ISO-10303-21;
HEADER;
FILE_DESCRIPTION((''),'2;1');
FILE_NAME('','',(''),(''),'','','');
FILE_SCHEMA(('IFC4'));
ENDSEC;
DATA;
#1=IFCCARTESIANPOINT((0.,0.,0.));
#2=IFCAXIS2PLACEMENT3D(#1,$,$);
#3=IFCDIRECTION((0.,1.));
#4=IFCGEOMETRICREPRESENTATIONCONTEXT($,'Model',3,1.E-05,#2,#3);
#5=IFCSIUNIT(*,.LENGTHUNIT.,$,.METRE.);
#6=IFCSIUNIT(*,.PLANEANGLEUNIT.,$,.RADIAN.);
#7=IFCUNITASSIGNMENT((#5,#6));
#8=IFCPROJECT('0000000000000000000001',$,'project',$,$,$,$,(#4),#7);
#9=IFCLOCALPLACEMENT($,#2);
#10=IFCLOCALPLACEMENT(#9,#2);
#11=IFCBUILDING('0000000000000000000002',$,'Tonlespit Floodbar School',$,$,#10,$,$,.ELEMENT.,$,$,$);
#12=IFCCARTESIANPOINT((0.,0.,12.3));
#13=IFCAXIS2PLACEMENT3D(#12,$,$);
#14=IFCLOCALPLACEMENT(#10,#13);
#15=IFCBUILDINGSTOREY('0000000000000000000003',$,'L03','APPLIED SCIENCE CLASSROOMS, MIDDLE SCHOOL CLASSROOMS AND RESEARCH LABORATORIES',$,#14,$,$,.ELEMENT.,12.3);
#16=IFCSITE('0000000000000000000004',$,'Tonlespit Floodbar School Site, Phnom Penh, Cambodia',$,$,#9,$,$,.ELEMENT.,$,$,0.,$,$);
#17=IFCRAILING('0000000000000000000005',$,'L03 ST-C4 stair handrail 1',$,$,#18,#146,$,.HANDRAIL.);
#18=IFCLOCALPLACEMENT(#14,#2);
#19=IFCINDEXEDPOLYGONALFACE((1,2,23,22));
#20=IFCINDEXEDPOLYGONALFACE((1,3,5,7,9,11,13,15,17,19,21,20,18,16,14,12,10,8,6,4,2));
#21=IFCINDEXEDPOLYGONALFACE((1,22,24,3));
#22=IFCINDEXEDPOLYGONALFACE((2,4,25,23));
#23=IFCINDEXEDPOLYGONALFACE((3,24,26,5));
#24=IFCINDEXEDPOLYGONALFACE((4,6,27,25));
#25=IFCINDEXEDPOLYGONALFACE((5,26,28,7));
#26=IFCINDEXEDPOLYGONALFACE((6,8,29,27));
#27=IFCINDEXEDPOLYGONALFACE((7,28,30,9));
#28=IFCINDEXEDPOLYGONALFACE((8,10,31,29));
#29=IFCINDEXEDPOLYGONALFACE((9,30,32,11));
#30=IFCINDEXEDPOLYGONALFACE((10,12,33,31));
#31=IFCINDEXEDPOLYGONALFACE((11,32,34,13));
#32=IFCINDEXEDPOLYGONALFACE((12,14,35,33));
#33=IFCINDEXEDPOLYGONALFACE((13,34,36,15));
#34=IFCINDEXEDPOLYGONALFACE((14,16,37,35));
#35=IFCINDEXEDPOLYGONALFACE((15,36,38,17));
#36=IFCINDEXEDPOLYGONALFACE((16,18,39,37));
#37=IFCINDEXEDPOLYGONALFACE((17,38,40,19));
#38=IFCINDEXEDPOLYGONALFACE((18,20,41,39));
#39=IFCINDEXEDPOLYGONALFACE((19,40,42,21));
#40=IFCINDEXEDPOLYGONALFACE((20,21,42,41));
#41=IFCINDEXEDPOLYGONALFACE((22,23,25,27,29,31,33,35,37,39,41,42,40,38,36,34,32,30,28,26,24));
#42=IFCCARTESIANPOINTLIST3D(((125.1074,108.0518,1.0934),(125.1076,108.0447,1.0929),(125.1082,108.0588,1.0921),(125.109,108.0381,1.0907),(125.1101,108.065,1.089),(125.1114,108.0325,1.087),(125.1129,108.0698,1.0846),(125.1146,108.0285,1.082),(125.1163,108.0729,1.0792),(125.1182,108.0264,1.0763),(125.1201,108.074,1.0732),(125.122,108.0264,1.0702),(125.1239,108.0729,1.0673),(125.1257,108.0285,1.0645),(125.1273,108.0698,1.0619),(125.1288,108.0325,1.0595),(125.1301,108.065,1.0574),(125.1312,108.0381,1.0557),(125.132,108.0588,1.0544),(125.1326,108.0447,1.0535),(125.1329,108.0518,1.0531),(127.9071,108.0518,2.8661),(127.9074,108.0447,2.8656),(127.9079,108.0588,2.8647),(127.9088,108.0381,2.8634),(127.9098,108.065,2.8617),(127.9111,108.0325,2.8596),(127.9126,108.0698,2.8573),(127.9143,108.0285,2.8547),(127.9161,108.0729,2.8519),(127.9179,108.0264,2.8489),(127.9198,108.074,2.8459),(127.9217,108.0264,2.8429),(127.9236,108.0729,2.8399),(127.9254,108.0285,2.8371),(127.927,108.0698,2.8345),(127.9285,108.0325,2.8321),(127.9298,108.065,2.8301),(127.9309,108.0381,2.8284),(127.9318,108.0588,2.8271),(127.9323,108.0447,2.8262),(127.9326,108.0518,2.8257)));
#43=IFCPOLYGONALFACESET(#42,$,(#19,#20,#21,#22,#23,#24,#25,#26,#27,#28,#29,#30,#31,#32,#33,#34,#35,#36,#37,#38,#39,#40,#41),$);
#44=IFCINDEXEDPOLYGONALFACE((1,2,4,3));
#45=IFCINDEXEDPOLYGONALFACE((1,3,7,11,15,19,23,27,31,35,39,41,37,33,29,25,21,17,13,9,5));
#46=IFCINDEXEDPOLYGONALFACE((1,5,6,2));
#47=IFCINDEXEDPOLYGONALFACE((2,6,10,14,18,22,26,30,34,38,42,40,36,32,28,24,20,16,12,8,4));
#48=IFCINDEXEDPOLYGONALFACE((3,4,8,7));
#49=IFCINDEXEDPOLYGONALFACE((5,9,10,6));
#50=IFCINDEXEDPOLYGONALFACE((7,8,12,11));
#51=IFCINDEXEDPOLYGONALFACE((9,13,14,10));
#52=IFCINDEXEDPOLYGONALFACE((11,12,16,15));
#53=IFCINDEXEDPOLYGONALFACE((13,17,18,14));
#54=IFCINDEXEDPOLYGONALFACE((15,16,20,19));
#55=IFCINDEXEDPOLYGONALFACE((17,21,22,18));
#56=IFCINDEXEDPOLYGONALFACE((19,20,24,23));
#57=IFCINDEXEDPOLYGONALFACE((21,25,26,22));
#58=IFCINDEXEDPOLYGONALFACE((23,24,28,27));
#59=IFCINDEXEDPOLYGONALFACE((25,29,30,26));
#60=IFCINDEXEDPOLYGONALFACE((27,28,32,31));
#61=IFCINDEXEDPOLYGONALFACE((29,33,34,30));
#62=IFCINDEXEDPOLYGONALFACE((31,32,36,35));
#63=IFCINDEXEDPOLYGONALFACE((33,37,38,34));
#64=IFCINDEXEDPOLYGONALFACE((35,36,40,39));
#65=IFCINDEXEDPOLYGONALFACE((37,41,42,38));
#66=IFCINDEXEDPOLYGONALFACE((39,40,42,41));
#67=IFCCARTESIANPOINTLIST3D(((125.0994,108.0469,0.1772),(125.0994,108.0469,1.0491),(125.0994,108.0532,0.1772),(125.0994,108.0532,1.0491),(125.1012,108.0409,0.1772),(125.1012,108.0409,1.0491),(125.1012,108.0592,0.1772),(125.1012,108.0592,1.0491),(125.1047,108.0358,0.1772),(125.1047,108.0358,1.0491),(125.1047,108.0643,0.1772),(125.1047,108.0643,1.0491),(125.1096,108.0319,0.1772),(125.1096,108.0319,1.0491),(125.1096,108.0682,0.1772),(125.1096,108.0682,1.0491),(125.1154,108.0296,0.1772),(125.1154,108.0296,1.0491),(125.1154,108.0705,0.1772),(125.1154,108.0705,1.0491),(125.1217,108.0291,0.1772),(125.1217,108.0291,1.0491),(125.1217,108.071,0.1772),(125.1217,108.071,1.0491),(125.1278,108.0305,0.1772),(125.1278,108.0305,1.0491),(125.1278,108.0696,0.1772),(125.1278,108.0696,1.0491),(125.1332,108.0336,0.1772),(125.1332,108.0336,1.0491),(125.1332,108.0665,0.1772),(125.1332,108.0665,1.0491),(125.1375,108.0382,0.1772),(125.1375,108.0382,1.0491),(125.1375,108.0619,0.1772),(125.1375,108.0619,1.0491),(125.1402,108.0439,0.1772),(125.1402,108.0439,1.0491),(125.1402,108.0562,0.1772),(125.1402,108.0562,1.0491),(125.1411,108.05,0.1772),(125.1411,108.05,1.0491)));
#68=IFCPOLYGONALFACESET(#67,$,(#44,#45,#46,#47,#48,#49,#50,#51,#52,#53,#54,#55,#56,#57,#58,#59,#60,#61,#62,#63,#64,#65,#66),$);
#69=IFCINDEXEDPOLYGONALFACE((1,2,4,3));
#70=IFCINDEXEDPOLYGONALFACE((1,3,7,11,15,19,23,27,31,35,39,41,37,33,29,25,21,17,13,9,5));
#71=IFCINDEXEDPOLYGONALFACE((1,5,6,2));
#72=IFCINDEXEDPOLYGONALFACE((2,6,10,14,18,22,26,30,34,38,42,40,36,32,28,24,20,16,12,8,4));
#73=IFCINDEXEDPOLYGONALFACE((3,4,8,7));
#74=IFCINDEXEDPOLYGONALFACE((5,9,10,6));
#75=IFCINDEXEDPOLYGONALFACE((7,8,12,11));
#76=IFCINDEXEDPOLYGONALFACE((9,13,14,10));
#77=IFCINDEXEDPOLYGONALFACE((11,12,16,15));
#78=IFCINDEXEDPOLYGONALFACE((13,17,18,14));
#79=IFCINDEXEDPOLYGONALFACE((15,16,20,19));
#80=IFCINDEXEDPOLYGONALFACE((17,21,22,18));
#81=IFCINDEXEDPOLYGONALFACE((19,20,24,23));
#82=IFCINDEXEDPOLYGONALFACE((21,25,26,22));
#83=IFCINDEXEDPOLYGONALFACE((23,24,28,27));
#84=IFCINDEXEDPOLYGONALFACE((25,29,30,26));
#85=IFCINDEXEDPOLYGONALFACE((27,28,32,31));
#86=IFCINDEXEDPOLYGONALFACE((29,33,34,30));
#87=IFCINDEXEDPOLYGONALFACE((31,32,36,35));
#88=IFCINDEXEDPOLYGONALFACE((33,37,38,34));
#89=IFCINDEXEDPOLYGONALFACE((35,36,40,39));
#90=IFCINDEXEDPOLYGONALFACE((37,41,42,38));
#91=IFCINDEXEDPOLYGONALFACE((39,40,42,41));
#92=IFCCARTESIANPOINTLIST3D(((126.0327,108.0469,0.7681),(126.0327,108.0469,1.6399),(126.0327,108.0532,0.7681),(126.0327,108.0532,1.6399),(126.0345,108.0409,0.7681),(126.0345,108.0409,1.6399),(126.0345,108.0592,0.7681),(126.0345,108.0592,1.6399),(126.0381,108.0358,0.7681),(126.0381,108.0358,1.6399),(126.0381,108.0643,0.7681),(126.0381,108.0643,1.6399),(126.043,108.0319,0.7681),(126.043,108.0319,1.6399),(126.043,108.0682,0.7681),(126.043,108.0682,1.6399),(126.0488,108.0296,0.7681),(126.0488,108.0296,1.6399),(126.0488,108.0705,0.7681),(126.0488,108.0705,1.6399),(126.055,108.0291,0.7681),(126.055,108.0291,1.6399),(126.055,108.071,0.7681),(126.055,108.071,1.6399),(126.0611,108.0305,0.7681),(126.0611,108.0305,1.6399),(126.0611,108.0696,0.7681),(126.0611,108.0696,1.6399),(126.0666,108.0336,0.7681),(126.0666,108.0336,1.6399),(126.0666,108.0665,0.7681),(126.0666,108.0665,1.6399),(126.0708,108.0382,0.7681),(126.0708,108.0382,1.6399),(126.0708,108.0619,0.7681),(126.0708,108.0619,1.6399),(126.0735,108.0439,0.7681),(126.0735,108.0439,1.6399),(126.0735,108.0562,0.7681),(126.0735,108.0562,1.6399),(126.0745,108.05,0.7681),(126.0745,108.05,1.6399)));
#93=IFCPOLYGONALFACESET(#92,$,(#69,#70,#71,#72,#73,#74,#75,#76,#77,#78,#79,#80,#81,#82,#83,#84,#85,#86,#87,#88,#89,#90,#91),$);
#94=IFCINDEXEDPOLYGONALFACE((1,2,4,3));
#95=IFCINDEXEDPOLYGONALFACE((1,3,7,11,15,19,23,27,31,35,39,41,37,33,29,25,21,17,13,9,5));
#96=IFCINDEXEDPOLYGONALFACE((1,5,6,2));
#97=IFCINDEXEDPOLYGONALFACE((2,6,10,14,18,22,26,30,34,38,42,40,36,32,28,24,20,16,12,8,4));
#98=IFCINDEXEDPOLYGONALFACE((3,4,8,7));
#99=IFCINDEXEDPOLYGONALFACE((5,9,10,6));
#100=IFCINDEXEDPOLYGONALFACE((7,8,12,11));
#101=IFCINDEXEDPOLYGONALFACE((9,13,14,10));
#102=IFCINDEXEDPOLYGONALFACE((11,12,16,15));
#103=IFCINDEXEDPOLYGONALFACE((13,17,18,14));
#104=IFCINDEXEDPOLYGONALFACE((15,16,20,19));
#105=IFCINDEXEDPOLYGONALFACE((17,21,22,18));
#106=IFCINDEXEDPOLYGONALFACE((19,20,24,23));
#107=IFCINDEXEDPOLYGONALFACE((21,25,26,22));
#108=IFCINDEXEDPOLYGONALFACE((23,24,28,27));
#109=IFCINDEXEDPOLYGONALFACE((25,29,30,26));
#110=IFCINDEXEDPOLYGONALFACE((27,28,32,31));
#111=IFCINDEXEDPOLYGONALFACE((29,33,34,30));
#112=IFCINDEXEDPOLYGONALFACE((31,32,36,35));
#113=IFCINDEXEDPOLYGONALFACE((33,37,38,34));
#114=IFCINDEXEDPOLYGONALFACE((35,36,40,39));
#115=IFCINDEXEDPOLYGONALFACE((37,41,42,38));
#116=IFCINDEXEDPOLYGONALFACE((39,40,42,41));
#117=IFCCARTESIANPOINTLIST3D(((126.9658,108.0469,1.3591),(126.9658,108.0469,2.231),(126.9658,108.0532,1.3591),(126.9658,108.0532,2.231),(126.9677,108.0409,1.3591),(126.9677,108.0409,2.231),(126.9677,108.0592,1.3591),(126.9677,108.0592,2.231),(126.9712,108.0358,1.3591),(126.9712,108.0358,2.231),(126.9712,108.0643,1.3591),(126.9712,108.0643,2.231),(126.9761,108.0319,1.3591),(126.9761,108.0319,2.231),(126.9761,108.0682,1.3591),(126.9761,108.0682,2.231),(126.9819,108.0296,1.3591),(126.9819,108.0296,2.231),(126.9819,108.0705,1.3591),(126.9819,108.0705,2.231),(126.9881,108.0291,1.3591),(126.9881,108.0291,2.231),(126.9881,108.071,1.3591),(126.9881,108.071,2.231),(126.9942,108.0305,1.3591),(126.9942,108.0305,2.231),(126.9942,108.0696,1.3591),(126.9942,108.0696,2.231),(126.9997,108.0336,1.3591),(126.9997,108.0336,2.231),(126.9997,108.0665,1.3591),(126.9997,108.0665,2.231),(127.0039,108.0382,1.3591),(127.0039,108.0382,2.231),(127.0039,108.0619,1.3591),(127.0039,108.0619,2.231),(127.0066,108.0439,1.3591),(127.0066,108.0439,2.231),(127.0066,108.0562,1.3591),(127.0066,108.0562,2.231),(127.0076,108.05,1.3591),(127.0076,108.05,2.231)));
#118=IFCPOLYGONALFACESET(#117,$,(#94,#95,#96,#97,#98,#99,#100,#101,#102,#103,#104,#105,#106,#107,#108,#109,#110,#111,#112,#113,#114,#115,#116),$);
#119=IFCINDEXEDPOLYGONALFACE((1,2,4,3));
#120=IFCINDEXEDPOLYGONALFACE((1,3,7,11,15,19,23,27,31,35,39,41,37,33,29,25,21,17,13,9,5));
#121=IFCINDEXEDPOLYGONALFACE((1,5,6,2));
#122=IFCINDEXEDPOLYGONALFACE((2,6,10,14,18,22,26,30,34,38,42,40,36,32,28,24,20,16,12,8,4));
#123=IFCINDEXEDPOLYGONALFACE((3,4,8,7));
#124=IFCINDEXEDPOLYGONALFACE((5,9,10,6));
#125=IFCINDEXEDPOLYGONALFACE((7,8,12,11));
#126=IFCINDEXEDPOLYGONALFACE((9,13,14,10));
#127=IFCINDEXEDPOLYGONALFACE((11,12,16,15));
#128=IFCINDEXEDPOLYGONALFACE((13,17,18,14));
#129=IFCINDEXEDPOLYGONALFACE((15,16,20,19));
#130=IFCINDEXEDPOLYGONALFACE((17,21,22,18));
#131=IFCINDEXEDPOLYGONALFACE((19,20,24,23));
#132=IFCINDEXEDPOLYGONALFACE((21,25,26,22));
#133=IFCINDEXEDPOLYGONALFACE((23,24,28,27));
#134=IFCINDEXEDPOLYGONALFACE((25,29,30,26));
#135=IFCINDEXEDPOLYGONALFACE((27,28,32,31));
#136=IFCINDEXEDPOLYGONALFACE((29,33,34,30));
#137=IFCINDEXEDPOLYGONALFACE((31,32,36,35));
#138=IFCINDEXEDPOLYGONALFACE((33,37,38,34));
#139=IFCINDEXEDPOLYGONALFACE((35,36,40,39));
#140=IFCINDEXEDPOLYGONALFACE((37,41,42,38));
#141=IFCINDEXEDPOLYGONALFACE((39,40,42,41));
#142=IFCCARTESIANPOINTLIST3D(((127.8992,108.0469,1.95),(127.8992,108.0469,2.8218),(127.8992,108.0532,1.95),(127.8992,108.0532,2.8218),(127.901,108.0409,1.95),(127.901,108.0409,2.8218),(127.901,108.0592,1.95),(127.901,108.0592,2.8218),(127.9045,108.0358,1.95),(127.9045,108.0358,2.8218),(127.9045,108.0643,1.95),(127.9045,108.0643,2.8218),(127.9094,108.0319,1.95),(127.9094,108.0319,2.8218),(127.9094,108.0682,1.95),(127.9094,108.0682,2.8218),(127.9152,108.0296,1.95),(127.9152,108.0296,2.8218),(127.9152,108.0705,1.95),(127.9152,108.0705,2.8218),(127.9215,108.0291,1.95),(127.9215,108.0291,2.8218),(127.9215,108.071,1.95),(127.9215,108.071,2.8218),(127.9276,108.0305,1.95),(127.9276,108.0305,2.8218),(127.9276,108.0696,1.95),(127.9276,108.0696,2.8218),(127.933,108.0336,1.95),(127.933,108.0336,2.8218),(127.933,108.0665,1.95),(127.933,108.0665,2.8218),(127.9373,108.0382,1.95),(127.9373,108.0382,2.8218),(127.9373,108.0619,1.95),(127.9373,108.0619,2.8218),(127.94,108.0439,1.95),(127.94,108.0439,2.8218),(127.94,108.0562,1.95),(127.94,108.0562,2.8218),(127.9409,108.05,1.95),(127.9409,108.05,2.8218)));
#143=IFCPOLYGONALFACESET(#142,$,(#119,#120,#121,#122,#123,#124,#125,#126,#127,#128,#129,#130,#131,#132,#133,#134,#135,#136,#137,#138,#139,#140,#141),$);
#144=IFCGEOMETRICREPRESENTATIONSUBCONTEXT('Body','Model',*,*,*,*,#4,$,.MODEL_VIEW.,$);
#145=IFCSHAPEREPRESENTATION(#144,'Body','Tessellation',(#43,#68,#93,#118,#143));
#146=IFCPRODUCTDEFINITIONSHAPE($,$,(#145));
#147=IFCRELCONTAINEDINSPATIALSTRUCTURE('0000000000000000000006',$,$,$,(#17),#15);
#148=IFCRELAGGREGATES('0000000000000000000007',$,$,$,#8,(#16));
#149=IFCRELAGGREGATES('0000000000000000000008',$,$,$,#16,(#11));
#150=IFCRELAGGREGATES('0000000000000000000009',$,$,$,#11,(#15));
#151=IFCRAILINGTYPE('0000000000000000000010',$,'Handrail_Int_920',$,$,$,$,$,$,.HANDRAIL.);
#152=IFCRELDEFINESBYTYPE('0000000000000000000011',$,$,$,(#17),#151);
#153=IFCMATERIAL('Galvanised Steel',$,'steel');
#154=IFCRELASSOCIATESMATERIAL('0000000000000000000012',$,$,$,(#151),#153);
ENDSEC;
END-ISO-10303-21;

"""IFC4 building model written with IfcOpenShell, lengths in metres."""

from ifc_helpers import new_model, si_unit, direction, frame, origin, origin_2d, place, context, subcontext, project, spatial, circle, extrude, material, type_object, element, save


model = new_model("IFC4")

# Units and contexts
model_context = context("Model", 3, precision=1e-05, world=origin(), true_north=direction((0.0, 1.0)))
body_context = subcontext(model_context, "Body", "Model", "MODEL_VIEW")
ifc_project = project(units=[si_unit("LENGTHUNIT", "METRE"), si_unit("PLANEANGLEUNIT", "RADIAN")], contexts=[model_context])

# Site, building, storey
site_placement = place(None, origin())
site = spatial("IfcSite", under=ifc_project, at=site_placement, Name="Tonlespit Floodbar School Site, Phnom Penh, Cambodia", CompositionType="ELEMENT", RefElevation=0.0)
building_placement = place(site_placement, origin())
building = spatial("IfcBuilding", under=site, at=building_placement, Name="Tonlespit Floodbar School", CompositionType="ELEMENT")
storey_placement = place(building_placement, frame((0.0, 0.0, 12.3)))
storey = spatial("IfcBuildingStorey", under=building, at=storey_placement, Name="L03", Description="APPLIED SCIENCE CLASSROOMS, MIDDLE SCHOOL CLASSROOMS AND RESEARCH LABORATORIES", CompositionType="ELEMENT", Elevation=12.3)

# Shared definitions
ifc_material_1 = material(Name="Galvanised Steel", Category="steel")

# Railing
railing_type_1 = type_object("IfcRailingType", Name="Handrail_Int_920", PredefinedType="HANDRAIL", material=ifc_material_1)
railing_1_placement = place(storey_placement, frame((125.1201, 108.05, 0.1772)))
element("IfcRailing", 1, at=railing_1_placement, inside=storey, type_object=railing_type_1, Name="L03 ST-C4 stair handrail 1", PredefinedType="HANDRAIL", context=body_context, shape_type="SweptSolid", body=[
    extrude(circle(Radius=0.0239, at=origin_2d()), frame((0.0, 0.0, 0.896), z_axis=(0.844888, 0.0, 0.534943), x_axis=(0.0, 1.0, 0.0)), (0.0, 0.0, 1.0), 3.3137),
    extrude(circle(Radius=0.021, at=origin_2d()), origin(), (0.0, 0.0, 1.0), 0.8718),
    extrude(circle(Radius=0.021, at=origin_2d()), frame((0.9333, 0.0, 0.5908)), (0.0, 0.0, 1.0), 0.8718),
    extrude(circle(Radius=0.021, at=origin_2d()), frame((1.8665, 0.0, 1.1819)), (0.0, 0.0, 1.0), 0.8718),
    extrude(circle(Radius=0.021, at=origin_2d()), frame((2.7998, 0.0, 1.7727)), (0.0, 0.0, 1.0), 0.8718),
])

save(model, "model.ifc")
